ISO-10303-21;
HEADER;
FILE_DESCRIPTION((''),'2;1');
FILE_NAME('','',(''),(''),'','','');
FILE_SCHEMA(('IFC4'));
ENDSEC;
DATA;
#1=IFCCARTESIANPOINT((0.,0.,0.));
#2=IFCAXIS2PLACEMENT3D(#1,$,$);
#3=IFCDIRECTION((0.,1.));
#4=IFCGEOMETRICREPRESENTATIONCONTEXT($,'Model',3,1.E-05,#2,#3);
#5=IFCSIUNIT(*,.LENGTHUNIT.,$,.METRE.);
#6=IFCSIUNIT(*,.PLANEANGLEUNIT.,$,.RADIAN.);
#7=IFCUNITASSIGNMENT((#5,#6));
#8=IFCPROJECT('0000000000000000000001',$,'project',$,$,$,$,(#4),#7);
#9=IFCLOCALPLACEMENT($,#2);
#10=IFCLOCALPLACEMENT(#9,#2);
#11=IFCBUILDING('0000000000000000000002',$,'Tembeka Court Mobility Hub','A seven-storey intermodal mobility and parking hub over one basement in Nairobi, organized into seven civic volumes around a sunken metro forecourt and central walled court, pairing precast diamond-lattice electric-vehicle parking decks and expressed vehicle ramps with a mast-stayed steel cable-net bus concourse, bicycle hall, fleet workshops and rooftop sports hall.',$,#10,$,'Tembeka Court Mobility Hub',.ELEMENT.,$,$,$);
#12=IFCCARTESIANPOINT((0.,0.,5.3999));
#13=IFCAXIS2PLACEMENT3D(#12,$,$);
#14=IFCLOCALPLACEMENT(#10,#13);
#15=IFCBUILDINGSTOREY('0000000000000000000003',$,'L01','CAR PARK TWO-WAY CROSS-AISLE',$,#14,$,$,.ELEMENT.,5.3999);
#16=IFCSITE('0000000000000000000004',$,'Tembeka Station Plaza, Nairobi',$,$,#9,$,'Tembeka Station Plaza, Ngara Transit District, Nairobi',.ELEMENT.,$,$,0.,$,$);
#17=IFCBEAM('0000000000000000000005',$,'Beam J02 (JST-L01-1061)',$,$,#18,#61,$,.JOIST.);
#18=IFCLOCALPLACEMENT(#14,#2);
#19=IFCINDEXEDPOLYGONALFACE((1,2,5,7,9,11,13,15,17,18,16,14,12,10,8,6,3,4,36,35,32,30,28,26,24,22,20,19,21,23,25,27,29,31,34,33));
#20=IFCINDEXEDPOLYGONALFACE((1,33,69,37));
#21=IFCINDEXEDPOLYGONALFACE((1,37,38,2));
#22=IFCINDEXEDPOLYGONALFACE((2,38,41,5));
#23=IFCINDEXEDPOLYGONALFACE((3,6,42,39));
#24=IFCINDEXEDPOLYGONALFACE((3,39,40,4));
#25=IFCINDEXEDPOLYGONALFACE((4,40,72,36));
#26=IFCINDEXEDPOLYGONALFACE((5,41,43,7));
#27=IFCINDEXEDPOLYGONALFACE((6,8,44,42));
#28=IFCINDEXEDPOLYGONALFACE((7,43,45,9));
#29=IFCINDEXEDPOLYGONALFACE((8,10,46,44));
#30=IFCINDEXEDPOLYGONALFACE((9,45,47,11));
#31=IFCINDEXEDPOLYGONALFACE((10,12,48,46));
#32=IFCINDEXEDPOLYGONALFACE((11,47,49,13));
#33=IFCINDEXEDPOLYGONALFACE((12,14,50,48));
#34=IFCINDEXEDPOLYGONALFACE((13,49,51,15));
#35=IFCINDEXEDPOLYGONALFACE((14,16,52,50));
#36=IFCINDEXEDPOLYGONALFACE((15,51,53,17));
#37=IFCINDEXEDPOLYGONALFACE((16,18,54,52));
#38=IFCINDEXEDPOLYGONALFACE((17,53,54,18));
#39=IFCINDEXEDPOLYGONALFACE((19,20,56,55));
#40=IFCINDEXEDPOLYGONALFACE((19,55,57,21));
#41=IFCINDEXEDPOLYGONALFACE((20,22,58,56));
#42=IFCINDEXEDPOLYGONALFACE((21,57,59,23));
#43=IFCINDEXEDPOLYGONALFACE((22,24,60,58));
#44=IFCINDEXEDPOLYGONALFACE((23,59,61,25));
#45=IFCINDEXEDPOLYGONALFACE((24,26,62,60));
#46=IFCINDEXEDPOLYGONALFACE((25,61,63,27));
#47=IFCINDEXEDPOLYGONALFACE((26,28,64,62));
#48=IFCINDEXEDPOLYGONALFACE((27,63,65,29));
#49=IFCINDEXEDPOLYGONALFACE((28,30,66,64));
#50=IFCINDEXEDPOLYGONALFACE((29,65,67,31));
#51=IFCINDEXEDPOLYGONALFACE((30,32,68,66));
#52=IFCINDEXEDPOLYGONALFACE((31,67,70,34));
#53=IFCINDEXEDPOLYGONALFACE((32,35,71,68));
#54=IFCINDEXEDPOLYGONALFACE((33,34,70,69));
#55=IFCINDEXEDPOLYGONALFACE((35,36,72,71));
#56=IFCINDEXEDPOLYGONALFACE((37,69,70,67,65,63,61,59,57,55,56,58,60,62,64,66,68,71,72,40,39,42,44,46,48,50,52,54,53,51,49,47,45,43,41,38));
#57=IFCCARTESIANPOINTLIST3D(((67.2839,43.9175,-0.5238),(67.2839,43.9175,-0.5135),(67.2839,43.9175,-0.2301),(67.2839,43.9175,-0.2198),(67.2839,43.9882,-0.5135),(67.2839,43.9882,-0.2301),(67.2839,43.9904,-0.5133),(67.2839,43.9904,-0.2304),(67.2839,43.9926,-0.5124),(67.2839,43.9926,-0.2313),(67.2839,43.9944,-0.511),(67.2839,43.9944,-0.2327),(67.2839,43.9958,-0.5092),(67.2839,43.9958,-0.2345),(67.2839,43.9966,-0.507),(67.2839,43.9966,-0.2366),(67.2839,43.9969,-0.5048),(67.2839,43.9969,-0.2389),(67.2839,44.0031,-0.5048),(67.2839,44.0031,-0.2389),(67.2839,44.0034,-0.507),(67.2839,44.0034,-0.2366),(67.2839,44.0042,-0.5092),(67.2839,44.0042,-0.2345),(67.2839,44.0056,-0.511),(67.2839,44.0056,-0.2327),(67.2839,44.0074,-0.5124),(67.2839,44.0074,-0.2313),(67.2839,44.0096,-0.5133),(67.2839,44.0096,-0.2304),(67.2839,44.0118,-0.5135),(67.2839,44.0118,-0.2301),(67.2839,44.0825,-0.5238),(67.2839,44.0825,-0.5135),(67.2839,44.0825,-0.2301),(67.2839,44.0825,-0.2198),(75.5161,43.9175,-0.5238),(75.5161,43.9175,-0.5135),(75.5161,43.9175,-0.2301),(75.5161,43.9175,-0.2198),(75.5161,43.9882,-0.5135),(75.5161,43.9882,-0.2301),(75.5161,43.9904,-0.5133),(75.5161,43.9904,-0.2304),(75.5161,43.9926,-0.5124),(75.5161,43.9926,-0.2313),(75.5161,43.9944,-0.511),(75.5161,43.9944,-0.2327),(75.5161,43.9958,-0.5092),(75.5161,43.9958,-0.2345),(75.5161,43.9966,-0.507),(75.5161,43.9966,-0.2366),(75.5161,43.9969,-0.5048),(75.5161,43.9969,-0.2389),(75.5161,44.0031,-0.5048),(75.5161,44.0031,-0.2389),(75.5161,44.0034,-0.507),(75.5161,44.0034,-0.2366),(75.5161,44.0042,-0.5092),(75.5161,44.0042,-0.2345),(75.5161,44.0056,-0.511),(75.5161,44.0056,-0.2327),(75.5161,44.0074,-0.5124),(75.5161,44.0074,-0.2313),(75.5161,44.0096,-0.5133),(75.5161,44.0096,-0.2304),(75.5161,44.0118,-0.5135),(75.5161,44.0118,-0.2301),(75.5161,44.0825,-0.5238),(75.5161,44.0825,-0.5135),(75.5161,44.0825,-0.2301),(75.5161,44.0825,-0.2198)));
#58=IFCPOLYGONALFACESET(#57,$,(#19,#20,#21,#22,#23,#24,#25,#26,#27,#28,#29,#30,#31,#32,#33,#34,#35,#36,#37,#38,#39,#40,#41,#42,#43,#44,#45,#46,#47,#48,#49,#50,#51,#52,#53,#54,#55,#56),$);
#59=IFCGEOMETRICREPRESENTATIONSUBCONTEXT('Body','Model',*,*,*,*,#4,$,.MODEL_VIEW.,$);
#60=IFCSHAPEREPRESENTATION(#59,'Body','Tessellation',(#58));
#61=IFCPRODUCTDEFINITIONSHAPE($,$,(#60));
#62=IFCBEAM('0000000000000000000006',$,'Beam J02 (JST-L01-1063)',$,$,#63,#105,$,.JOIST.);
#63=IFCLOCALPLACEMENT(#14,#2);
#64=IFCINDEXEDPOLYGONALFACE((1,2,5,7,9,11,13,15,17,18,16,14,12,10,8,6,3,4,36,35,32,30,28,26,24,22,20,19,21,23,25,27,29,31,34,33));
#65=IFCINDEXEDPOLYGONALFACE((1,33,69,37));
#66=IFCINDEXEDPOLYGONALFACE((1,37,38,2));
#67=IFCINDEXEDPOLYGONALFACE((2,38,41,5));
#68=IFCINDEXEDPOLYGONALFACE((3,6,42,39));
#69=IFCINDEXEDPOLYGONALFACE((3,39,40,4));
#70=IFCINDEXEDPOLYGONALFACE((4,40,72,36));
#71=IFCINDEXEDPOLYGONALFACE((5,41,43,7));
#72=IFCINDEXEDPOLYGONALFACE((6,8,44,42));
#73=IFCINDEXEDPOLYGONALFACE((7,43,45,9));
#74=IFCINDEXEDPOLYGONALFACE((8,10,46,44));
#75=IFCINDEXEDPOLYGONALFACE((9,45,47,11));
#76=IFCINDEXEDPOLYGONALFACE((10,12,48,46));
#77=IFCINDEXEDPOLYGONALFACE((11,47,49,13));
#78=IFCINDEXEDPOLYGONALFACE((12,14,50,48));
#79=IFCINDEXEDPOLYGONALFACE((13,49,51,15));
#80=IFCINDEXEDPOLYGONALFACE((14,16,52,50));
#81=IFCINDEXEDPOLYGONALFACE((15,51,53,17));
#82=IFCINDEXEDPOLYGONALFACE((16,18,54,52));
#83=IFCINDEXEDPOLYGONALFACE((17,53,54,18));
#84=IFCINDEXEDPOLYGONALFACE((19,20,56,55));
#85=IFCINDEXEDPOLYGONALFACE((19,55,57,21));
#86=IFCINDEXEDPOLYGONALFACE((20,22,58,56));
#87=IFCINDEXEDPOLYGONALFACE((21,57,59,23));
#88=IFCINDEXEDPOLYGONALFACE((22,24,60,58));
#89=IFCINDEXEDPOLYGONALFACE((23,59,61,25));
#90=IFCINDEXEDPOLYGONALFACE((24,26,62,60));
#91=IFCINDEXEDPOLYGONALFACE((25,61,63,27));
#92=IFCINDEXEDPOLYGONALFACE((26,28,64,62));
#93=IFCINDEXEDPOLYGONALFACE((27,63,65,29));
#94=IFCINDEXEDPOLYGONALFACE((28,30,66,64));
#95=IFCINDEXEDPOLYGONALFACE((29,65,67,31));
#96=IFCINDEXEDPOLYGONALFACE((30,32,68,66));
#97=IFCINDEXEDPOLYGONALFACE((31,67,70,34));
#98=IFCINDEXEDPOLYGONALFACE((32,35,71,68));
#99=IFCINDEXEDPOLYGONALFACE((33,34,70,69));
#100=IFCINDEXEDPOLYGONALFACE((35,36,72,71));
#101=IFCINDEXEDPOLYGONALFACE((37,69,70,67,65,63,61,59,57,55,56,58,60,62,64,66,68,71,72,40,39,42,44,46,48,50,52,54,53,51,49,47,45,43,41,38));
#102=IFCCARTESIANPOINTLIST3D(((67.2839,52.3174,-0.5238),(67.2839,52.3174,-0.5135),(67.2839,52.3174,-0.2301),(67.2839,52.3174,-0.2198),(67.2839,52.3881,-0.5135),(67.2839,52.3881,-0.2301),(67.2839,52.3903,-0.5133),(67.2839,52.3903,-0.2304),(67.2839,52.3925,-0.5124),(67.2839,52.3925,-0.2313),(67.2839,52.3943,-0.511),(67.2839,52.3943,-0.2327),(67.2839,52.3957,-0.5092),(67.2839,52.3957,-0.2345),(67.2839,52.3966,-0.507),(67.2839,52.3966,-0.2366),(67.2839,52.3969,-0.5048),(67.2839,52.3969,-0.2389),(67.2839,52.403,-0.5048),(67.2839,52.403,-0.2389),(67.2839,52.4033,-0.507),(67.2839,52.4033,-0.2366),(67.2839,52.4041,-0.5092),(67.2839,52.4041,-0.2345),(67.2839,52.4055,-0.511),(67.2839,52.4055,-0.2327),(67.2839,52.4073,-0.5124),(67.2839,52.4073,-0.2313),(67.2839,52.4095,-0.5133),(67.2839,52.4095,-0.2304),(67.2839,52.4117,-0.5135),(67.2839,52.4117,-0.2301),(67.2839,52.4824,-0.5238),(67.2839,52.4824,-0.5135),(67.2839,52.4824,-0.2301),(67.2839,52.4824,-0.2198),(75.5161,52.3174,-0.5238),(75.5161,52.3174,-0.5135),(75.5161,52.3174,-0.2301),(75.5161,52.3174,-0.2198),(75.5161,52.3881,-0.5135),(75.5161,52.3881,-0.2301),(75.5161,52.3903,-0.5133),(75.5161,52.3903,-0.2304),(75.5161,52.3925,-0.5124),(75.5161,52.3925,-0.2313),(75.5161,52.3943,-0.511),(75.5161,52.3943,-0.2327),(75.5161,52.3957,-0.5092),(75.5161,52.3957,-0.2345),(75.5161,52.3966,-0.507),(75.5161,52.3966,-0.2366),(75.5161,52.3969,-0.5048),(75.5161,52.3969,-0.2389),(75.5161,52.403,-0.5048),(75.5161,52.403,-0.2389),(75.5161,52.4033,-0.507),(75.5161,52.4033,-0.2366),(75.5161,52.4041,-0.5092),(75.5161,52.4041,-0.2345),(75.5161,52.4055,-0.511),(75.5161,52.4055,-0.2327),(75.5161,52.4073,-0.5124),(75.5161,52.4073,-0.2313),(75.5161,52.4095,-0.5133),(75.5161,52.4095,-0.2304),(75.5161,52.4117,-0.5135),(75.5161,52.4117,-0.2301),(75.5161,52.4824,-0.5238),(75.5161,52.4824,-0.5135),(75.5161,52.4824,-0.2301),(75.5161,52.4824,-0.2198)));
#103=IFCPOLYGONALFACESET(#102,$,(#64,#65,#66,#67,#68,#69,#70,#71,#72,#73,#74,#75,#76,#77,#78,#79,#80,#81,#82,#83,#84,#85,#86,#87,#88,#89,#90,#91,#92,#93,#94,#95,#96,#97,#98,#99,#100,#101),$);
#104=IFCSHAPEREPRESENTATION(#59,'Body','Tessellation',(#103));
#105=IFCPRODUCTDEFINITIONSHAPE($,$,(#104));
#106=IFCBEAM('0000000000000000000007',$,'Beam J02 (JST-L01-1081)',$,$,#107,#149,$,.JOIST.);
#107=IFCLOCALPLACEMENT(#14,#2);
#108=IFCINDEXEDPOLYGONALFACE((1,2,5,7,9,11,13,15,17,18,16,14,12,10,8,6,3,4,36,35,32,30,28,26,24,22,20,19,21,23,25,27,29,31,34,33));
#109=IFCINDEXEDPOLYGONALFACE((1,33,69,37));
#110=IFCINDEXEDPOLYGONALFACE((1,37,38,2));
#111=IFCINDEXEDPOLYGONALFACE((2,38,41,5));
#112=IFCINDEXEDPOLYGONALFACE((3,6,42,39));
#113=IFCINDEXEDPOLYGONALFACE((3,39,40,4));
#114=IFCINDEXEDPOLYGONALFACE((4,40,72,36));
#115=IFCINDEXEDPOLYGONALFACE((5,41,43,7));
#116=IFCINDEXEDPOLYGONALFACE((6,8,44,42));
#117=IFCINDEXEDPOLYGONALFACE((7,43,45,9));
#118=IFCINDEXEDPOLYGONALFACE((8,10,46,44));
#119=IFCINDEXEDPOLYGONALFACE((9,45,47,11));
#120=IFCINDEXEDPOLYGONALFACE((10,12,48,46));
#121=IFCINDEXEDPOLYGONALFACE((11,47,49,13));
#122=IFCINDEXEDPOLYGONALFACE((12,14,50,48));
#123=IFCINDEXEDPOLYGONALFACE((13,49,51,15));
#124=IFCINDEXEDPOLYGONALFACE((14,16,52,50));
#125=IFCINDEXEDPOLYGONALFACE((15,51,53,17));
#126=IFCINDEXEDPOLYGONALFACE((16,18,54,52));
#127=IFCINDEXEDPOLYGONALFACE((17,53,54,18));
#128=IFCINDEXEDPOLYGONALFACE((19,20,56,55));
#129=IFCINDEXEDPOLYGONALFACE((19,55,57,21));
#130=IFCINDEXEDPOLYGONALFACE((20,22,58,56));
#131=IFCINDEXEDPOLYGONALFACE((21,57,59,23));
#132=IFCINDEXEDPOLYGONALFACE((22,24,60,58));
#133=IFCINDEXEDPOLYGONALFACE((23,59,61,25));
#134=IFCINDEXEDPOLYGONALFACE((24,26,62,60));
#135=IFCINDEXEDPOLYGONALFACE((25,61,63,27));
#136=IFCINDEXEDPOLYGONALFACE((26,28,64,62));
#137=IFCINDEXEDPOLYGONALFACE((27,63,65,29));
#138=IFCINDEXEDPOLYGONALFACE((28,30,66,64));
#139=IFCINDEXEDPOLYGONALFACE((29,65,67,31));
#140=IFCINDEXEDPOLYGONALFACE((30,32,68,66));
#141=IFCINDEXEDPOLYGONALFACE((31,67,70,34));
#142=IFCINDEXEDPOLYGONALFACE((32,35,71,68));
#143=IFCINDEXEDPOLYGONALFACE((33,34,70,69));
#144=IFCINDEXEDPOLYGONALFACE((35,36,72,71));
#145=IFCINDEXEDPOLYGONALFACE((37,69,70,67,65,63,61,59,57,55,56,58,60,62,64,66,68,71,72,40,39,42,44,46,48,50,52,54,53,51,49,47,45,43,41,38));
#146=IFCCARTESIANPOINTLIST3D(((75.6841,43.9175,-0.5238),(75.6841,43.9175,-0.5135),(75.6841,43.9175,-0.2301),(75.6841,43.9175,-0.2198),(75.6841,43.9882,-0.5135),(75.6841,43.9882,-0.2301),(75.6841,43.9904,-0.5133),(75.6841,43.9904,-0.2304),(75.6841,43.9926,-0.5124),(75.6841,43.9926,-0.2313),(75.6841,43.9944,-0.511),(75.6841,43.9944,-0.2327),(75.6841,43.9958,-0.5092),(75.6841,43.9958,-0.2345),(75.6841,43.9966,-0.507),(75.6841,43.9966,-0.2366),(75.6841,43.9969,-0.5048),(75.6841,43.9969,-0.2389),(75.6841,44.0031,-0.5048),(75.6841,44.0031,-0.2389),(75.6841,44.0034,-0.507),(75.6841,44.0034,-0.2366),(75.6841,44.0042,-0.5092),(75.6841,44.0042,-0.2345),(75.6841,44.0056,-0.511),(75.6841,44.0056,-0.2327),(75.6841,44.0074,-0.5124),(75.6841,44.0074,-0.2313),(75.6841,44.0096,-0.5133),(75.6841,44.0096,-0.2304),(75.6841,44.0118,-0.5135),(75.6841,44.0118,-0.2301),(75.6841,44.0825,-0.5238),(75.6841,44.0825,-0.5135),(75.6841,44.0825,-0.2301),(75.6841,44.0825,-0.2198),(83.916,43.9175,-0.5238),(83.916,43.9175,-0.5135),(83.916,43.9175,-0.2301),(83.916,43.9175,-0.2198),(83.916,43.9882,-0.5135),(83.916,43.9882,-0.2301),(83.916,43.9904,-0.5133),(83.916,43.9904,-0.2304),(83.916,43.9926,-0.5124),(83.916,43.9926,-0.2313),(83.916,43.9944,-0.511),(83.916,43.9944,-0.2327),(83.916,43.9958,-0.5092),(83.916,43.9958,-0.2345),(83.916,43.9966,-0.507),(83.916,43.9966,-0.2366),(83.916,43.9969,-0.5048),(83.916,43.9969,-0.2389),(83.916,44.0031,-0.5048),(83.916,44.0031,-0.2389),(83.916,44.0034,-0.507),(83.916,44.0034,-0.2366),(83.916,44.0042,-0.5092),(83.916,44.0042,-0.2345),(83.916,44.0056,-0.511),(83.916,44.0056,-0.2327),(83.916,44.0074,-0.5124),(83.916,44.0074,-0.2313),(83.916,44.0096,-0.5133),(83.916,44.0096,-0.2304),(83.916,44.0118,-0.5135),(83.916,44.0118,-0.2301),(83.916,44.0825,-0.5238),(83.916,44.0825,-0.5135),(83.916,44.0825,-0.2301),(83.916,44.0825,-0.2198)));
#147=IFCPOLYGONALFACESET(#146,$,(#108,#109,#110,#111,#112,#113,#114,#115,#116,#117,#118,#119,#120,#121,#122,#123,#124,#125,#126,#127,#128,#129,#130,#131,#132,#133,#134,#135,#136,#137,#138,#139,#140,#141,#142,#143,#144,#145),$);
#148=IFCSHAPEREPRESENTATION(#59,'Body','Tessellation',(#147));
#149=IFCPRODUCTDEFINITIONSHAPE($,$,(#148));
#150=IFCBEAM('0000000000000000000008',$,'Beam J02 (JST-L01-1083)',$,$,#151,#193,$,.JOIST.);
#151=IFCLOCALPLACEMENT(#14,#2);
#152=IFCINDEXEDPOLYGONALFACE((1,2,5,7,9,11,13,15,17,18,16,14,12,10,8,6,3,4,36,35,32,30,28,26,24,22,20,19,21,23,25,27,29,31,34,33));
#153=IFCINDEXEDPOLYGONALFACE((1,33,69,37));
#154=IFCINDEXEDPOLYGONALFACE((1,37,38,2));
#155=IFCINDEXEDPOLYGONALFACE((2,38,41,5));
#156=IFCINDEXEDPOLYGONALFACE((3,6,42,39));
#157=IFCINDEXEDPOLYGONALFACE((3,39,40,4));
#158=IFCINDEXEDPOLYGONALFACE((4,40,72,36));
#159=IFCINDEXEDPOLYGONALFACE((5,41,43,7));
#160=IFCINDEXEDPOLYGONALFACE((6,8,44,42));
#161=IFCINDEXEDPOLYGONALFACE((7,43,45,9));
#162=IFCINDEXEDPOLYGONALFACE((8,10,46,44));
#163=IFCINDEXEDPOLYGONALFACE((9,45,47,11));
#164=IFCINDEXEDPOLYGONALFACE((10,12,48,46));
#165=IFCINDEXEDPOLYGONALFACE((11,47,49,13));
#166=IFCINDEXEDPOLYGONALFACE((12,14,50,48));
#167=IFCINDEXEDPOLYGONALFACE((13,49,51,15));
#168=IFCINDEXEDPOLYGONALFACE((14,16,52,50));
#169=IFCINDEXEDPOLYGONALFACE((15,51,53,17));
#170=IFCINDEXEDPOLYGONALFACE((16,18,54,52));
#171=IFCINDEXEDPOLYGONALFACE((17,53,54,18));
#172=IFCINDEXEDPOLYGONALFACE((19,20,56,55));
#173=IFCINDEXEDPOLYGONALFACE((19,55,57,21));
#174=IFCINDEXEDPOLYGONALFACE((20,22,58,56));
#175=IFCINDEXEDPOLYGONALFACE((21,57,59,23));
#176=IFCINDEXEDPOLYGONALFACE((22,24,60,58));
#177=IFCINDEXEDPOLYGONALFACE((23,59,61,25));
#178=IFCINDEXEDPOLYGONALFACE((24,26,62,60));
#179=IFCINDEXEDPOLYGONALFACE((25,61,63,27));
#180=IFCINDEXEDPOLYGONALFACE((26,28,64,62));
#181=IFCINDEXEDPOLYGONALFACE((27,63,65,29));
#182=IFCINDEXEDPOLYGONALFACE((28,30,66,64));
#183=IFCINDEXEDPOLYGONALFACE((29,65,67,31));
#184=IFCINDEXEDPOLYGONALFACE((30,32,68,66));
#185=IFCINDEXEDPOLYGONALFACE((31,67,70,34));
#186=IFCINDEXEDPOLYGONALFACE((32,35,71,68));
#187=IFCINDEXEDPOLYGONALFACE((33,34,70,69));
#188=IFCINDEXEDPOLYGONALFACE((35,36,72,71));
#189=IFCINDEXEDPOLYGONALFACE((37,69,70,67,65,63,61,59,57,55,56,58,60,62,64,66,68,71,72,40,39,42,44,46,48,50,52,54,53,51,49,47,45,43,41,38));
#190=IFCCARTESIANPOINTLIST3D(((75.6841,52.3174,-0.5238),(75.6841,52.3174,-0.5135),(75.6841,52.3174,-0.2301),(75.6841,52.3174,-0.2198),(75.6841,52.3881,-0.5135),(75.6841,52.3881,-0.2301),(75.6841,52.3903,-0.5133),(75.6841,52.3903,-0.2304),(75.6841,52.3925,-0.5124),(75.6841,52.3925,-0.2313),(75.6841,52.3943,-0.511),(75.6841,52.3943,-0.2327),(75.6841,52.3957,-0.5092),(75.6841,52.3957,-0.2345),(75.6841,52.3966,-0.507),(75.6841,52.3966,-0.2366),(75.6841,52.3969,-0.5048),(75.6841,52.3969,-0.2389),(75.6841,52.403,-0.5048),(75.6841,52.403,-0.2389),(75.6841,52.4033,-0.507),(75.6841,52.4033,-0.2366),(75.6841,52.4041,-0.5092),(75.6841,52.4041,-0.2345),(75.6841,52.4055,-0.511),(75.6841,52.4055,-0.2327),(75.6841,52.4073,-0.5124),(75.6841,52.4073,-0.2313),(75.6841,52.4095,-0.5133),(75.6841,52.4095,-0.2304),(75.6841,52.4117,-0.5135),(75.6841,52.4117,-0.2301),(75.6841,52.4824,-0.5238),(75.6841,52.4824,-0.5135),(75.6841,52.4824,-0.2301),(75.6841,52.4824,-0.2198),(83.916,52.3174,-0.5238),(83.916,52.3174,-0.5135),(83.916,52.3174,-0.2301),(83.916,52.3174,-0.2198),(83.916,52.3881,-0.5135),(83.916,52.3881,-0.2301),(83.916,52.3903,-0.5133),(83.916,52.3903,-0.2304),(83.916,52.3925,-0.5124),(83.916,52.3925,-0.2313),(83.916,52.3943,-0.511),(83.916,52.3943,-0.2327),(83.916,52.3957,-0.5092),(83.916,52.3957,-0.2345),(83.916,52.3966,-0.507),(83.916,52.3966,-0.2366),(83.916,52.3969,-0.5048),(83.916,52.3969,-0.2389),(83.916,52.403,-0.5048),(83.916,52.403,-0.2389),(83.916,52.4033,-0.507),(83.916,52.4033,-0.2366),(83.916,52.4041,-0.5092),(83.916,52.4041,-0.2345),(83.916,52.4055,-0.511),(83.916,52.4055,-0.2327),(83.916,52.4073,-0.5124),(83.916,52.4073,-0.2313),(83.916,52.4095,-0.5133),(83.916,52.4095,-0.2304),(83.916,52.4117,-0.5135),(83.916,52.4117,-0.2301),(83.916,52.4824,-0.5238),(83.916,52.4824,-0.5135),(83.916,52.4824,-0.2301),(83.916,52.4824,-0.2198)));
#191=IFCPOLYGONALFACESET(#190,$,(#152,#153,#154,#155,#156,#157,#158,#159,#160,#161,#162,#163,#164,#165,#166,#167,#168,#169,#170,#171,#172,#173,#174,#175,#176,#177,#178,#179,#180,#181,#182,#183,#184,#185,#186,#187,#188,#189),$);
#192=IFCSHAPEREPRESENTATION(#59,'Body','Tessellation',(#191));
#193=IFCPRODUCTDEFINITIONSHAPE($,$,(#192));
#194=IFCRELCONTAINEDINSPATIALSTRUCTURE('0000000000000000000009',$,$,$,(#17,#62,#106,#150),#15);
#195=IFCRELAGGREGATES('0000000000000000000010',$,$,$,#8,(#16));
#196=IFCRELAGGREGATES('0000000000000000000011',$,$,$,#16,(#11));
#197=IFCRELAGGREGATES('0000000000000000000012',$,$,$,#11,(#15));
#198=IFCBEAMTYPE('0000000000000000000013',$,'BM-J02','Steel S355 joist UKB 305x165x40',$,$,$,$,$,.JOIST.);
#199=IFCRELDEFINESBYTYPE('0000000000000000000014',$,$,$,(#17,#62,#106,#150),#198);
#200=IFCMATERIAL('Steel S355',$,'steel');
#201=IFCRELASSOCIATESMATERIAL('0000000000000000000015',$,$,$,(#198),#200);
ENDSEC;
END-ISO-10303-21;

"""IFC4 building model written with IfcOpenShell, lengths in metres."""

from ifc_helpers import new_model, si_unit, direction, frame, origin, origin_2d, place, context, subcontext, project, spatial, i_section, extrude, material, material_profile, profile_set, type_object, element, save


model = new_model("IFC4")

# Units and contexts
model_context = context("Model", 3, precision=1e-05, world=origin(), true_north=direction((0.0, 1.0)))
body_context = subcontext(model_context, "Body", "Model", "MODEL_VIEW")
ifc_project = project(units=[si_unit("LENGTHUNIT", "METRE"), si_unit("PLANEANGLEUNIT", "RADIAN")], contexts=[model_context])

# Site, building, storey
site_placement = place(None, origin())
site = spatial("IfcSite", under=ifc_project, at=site_placement, Name="Tembeka Station Plaza, Nairobi", LongName="Tembeka Station Plaza, Ngara Transit District, Nairobi", CompositionType="ELEMENT", RefElevation=0.0)
building_placement = place(site_placement, origin())
building = spatial("IfcBuilding", under=site, at=building_placement, Name="Tembeka Court Mobility Hub", Description="A seven-storey intermodal mobility and parking hub over one basement in Nairobi, organized into seven civic volumes around a sunken metro forecourt and central walled court, pairing precast diamond-lattice electric-vehicle parking decks and expressed vehicle ramps with a mast-stayed steel cable-net bus concourse, bicycle hall, fleet workshops and rooftop sports hall.", LongName="Tembeka Court Mobility Hub", CompositionType="ELEMENT")
storey_placement = place(building_placement, frame((0.0, 0.0, 5.3999)))
storey = spatial("IfcBuildingStorey", under=building, at=storey_placement, Name="L01", Description="CAR PARK TWO-WAY CROSS-AISLE", CompositionType="ELEMENT", Elevation=5.3999)

# Shared definitions
ifc_material_1 = material(Name="Steel S355", Category="steel")

# Beams
ifc_material_profile_1 = material_profile(ifc_material_1, i_section(OverallWidth=0.165, OverallDepth=0.304, WebThickness=0.0061, FlangeThickness=0.0103, FilletRadius=0.0088, at=origin_2d()), Name="UKB 305x165x40")
ifc_profile_set_1 = profile_set([ifc_material_profile_1], Name="Steel S355")
beam_type_1 = type_object("IfcBeamType", Name="BM-J02", Description="Steel S355 joist UKB 305x165x40", PredefinedType="JOIST", material=ifc_profile_set_1)
for number, where, z_axis, x_axis, name in (
    (1, (67.2839, 44.0, -0.3718), (1.0, 0.0, 0.0), (0.0, 1.0, 0.0), "Beam J02 (JST-L01-1061)"),
    (2, (67.2839, 52.3999, -0.3718), (1.0, 0.0, 0.0), (0.0, 1.0, 0.0), "Beam J02 (JST-L01-1063)"),
):
    element("IfcBeam", number, at=place(storey_placement, frame(where, z_axis=z_axis, x_axis=x_axis)), inside=storey, type_object=beam_type_1, Name=name, PredefinedType="JOIST", context=body_context, shape_type="SweptSolid", body=[
        extrude(i_section(OverallWidth=0.165, OverallDepth=0.304, WebThickness=0.0061, FlangeThickness=0.0103, FilletRadius=0.0088, at=origin_2d()), origin(), (0.0, 0.0, 1.0), 8.2322),
    ])
for number, where, z_axis, x_axis, name in (
    (3, (75.6841, 44.0, -0.3718), (1.0, 0.0, 0.0), (0.0, 1.0, 0.0), "Beam J02 (JST-L01-1081)"),
    (4, (75.6841, 52.3999, -0.3718), (1.0, 0.0, 0.0), (0.0, 1.0, 0.0), "Beam J02 (JST-L01-1083)"),
):
    element("IfcBeam", number, at=place(storey_placement, frame(where, z_axis=z_axis, x_axis=x_axis)), inside=storey, type_object=beam_type_1, Name=name, PredefinedType="JOIST", context=body_context, shape_type="SweptSolid", body=[
        extrude(i_section(OverallWidth=0.165, OverallDepth=0.304, WebThickness=0.0061, FlangeThickness=0.0103, FilletRadius=0.0088, at=origin_2d()), origin(), (0.0, 0.0, 1.0), 8.2319),
    ])

save(model, "model.ifc")
